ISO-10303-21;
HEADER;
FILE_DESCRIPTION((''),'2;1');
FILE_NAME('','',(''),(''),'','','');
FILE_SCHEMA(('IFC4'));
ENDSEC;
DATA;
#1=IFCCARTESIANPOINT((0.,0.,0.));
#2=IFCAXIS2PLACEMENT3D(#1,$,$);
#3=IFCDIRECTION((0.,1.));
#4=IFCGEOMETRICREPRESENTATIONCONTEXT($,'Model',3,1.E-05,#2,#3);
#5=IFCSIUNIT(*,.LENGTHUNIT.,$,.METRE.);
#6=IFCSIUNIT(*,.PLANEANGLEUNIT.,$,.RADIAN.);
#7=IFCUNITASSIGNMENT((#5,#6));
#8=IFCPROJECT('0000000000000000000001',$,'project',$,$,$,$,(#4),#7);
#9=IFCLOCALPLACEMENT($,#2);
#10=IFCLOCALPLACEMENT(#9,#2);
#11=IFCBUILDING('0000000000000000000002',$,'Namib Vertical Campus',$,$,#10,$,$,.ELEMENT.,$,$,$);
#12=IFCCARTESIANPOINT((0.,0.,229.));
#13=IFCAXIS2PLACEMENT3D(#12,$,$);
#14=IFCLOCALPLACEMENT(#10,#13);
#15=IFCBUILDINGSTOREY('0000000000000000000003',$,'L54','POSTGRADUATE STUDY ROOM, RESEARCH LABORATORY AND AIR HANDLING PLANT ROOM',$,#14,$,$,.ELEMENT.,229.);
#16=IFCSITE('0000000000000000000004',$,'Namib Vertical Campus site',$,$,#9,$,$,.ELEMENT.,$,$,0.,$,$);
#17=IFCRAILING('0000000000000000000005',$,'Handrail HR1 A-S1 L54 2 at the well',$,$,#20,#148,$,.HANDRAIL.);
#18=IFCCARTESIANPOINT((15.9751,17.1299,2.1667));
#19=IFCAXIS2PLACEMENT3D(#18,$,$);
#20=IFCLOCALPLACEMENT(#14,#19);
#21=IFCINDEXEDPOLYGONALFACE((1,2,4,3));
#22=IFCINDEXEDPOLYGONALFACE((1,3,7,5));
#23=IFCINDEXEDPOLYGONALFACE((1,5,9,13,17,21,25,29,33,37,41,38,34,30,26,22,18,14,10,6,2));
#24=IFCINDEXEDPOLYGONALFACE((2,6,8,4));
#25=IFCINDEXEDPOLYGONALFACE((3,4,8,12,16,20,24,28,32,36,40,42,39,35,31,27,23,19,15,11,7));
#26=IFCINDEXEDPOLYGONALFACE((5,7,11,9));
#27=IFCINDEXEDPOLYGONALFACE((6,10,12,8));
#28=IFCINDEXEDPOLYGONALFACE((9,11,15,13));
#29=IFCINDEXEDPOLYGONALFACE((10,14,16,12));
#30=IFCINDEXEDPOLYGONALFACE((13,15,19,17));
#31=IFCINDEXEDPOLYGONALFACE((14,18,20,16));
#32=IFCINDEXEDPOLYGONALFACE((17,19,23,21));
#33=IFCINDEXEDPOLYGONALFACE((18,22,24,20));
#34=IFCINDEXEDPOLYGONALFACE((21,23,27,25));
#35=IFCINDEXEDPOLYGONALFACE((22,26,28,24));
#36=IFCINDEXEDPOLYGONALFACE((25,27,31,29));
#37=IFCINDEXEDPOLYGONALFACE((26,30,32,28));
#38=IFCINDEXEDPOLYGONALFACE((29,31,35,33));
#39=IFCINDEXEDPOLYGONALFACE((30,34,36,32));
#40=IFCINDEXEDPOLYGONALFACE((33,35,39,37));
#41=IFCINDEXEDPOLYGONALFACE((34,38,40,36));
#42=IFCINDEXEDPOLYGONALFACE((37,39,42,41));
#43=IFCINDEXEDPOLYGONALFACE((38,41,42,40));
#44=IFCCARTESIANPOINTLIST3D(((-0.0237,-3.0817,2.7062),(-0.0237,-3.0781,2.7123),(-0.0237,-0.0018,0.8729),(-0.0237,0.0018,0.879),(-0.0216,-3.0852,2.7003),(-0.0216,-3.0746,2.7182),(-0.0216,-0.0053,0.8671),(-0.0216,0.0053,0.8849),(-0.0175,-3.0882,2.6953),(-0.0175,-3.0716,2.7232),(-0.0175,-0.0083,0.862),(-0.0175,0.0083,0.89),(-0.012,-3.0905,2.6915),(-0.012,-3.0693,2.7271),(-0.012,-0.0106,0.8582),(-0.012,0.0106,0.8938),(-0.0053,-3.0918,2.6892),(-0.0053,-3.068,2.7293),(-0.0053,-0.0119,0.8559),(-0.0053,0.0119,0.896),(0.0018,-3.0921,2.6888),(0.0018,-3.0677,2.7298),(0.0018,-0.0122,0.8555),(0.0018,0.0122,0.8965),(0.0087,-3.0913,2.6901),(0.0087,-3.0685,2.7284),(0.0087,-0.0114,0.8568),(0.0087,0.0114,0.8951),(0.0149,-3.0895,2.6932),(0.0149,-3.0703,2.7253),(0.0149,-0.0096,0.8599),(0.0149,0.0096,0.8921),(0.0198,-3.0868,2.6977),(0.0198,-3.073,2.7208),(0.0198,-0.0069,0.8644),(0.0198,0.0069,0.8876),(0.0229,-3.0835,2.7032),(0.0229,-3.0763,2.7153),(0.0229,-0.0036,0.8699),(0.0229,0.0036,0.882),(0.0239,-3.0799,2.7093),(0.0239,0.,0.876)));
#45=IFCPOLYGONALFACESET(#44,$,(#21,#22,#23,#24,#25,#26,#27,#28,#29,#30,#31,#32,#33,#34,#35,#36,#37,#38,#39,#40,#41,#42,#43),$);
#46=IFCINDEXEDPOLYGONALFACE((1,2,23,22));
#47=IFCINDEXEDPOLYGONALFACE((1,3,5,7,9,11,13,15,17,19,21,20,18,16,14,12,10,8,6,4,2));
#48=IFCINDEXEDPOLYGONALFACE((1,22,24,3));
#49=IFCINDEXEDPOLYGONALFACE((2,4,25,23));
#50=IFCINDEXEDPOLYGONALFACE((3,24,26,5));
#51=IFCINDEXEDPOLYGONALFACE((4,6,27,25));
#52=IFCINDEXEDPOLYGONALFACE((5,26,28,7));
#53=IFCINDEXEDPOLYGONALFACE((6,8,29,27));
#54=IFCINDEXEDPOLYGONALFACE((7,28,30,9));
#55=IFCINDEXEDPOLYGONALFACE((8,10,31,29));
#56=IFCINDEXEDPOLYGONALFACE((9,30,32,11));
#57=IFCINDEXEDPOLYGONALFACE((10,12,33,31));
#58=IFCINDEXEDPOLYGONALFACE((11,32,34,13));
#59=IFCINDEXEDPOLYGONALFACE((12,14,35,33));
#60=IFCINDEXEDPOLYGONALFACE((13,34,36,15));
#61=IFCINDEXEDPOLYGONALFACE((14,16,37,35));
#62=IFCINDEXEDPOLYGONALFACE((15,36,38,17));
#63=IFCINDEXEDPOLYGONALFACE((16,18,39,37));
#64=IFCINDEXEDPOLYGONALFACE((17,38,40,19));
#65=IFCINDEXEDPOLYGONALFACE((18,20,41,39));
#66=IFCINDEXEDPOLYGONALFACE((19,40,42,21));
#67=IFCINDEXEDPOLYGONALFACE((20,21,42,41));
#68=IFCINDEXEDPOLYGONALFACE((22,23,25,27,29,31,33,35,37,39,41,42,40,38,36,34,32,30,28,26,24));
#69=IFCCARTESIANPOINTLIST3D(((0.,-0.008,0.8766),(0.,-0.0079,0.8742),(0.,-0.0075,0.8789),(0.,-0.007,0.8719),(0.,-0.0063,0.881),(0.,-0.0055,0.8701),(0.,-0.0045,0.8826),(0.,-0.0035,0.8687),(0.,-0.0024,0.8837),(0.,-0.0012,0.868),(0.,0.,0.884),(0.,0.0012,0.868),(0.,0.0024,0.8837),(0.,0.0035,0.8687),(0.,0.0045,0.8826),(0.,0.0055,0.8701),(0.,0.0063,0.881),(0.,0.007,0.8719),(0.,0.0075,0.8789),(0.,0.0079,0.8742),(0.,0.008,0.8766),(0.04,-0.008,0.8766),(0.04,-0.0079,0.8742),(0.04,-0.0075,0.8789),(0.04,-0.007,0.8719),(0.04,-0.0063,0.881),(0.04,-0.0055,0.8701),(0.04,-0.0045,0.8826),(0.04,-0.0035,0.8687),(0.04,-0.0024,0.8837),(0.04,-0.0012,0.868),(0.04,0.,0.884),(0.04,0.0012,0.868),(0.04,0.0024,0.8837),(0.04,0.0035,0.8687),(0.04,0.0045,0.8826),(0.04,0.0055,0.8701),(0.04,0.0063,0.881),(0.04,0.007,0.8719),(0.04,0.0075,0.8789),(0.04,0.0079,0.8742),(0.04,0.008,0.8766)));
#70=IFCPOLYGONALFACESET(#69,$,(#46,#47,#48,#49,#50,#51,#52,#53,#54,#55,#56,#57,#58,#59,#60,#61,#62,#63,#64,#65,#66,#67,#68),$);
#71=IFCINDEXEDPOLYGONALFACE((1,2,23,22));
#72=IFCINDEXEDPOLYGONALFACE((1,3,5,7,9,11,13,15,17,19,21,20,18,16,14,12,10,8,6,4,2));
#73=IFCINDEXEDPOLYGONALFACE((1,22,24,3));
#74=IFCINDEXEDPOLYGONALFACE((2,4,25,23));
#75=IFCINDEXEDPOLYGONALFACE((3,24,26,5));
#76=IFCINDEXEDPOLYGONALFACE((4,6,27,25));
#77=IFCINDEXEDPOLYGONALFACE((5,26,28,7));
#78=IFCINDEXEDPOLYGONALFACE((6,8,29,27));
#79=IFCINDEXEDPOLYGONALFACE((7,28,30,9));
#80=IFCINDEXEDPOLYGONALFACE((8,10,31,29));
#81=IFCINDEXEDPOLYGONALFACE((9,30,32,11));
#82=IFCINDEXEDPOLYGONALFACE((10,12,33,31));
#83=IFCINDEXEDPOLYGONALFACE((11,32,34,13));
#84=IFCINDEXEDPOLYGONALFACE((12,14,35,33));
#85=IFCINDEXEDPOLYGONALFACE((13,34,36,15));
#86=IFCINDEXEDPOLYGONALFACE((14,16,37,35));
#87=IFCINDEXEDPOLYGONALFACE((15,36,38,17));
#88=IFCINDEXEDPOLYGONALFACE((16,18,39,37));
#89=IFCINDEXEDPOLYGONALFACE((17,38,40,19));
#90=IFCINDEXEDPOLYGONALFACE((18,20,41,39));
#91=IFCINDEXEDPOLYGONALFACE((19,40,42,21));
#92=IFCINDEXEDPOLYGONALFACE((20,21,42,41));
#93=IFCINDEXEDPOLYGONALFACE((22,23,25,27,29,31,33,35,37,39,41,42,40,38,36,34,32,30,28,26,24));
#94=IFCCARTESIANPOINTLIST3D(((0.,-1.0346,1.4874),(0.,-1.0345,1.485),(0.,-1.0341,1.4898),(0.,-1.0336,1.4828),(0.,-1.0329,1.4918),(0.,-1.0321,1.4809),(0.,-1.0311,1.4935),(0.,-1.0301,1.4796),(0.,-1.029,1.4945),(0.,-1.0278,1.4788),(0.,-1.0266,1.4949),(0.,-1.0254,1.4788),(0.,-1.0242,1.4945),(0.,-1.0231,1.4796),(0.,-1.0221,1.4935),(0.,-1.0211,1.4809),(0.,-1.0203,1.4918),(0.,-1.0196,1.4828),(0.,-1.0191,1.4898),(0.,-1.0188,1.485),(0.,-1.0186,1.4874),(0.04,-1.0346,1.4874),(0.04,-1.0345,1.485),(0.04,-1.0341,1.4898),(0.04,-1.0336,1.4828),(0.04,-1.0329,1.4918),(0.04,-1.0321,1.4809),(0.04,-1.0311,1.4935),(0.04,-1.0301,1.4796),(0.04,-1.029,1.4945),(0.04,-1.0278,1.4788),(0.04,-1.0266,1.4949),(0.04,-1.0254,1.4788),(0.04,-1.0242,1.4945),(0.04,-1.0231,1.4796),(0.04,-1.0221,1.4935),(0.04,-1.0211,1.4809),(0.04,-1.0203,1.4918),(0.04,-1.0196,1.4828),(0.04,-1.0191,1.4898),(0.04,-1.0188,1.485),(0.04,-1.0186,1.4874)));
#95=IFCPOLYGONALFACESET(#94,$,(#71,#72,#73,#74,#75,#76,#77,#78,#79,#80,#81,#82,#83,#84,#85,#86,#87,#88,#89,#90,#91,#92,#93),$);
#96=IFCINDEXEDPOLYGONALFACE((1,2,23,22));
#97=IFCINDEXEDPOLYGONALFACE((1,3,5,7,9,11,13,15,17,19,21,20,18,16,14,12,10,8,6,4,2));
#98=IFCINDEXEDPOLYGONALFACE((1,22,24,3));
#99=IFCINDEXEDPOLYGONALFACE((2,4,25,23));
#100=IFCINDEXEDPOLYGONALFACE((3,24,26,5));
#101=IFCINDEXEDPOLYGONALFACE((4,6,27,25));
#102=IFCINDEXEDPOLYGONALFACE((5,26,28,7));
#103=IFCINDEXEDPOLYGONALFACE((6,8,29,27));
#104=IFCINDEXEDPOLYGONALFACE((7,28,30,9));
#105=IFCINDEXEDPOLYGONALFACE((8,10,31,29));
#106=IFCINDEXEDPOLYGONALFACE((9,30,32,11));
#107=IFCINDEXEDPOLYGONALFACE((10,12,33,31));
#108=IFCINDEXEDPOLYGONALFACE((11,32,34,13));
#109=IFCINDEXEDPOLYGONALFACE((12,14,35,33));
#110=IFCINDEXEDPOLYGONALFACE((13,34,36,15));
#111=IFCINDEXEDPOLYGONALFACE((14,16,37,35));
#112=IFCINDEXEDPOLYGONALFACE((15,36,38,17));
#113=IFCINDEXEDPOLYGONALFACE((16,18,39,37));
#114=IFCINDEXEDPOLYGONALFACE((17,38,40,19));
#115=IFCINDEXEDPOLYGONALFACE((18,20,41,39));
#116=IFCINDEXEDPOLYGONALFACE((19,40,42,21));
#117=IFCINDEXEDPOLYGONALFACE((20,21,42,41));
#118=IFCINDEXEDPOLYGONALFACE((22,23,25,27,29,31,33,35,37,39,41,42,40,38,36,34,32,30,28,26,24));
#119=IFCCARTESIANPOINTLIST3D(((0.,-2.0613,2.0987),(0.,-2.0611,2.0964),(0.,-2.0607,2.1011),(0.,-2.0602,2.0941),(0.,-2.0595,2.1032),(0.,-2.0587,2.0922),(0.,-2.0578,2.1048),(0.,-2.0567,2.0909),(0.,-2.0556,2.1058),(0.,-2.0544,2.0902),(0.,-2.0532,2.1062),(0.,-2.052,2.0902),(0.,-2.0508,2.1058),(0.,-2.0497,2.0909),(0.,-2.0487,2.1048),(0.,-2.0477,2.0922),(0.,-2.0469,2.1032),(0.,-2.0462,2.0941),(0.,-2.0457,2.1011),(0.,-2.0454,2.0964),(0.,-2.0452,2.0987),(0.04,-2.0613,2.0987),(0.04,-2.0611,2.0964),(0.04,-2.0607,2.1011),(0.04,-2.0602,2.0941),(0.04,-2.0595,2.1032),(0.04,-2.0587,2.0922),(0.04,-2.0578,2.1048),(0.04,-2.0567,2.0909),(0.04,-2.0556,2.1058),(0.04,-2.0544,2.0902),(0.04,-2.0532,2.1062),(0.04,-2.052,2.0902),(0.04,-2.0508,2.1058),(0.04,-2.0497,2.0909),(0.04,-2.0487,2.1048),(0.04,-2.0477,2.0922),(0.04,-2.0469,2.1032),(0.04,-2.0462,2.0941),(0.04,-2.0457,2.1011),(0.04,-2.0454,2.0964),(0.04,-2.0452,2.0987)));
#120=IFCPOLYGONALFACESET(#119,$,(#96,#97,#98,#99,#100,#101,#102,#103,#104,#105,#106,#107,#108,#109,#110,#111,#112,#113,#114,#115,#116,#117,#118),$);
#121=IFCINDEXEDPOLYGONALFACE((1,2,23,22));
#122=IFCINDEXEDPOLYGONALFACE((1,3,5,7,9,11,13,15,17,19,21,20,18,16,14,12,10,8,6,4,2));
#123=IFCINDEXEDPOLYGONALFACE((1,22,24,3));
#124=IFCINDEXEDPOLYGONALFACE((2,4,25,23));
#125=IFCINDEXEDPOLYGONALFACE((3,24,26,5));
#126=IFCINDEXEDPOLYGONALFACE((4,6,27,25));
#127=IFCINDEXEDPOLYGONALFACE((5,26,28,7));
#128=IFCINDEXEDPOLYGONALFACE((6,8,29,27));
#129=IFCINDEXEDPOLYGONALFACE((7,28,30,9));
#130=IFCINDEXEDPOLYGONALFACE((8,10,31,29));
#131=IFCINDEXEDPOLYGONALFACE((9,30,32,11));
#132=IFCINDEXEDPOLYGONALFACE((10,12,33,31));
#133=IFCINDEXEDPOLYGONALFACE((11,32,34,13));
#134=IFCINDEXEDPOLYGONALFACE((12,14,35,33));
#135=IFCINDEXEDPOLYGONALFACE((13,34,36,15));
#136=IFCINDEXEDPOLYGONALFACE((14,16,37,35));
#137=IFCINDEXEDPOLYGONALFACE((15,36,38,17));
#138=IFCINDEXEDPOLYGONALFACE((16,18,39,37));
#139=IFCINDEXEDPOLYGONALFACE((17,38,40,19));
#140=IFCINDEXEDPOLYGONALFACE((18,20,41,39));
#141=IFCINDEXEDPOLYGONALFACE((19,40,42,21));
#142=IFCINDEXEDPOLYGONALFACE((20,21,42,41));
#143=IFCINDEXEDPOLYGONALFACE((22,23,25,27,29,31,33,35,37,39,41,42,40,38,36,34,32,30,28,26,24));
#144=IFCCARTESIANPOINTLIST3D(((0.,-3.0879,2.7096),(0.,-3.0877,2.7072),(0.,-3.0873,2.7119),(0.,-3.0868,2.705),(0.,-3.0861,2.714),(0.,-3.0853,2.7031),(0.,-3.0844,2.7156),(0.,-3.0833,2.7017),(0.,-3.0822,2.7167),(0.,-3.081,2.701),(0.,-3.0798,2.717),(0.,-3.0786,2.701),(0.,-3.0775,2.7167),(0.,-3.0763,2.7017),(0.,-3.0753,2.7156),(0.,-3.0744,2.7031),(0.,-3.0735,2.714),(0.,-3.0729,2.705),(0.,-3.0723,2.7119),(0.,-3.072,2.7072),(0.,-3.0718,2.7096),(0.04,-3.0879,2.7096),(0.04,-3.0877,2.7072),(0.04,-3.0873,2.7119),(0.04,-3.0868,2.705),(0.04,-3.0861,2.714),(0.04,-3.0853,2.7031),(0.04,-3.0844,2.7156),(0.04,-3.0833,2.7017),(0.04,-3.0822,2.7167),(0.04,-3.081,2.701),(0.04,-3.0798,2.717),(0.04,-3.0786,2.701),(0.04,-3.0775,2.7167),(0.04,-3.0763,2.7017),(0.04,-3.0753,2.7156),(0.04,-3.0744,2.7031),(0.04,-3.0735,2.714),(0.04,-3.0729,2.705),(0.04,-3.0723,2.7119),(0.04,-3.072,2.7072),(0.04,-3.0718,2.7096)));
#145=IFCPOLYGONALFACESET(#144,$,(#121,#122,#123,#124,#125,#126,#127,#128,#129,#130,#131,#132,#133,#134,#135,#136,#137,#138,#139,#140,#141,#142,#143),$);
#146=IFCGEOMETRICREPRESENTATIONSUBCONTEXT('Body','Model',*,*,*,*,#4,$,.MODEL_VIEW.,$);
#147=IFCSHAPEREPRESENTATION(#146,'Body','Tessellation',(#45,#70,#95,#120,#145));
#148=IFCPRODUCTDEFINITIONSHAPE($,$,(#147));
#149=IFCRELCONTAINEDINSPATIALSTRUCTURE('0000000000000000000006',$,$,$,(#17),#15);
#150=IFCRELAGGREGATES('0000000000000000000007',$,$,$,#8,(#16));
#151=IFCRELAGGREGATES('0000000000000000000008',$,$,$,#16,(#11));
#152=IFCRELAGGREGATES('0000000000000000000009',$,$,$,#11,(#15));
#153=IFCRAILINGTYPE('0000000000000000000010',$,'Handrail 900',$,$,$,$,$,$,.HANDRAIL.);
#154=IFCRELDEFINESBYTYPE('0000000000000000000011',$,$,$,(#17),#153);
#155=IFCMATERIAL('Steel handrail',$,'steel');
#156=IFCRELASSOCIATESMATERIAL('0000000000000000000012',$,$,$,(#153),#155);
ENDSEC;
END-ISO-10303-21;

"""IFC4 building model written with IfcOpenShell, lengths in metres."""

from ifc_helpers import new_model, si_unit, direction, frame, origin, origin_2d, place, context, subcontext, project, spatial, circle, extrude, material, type_object, element, save


model = new_model("IFC4")

# Units and contexts
model_context = context("Model", 3, precision=1e-05, world=origin(), true_north=direction((0.0, 1.0)))
body_context = subcontext(model_context, "Body", "Model", "MODEL_VIEW")
ifc_project = project(units=[si_unit("LENGTHUNIT", "METRE"), si_unit("PLANEANGLEUNIT", "RADIAN")], contexts=[model_context])

# Site, building, storey
site_placement = place(None, origin())
site = spatial("IfcSite", under=ifc_project, at=site_placement, Name="Namib Vertical Campus site", CompositionType="ELEMENT", RefElevation=0.0)
building_placement = place(site_placement, origin())
building = spatial("IfcBuilding", under=site, at=building_placement, Name="Namib Vertical Campus", CompositionType="ELEMENT")
storey_placement = place(building_placement, frame((0.0, 0.0, 229.0)))
storey = spatial("IfcBuildingStorey", under=building, at=storey_placement, Name="L54", Description="POSTGRADUATE STUDY ROOM, RESEARCH LABORATORY AND AIR HANDLING PLANT ROOM", CompositionType="ELEMENT", Elevation=229.0)

# Railing
ifc_material_1 = material(Name="Steel handrail", Category="steel")
railing_type_1 = type_object("IfcRailingType", Name="Handrail 900", PredefinedType="HANDRAIL", material=ifc_material_1)
railing_1_placement = place(storey_placement, frame((15.9751, 17.1299, 2.1667)))
element("IfcRailing", 1, at=railing_1_placement, inside=storey, type_object=railing_type_1, Name="Handrail HR1 A-S1 L54 2 at the well", PredefinedType="HANDRAIL", context=body_context, shape_type="SweptSolid", body=[
    extrude(circle(Radius=0.0239, at=origin_2d()), frame((0.0, 0.0, 0.876), z_axis=(0.0, -0.859291, 0.511487), x_axis=(1.0, 0.0, 0.0)), (0.0, 0.0, 1.0), 3.5842),
    extrude(circle(Radius=0.0081, at=origin_2d()), frame((0.0, 0.0, 0.876), z_axis=(1.0, 0.0, 0.0), x_axis=(0.0, 0.0, 1.0)), (0.0, 0.0, 1.0), 0.04),
    extrude(circle(Radius=0.0081, at=origin_2d()), frame((0.0, -1.0266, 1.4868), z_axis=(1.0, 0.0, 0.0), x_axis=(0.0, 0.0, 1.0)), (0.0, 0.0, 1.0), 0.04),
    extrude(circle(Radius=0.0081, at=origin_2d()), frame((0.0, -2.0532, 2.0981), z_axis=(1.0, 0.0, 0.0), x_axis=(0.0, 0.0, 1.0)), (0.0, 0.0, 1.0), 0.04),
    extrude(circle(Radius=0.0081, at=origin_2d()), frame((0.0, -3.0798, 2.709), z_axis=(1.0, 0.0, 0.0), x_axis=(0.0, 0.0, 1.0)), (0.0, 0.0, 1.0), 0.04),
])

save(model, "model.ifc")
